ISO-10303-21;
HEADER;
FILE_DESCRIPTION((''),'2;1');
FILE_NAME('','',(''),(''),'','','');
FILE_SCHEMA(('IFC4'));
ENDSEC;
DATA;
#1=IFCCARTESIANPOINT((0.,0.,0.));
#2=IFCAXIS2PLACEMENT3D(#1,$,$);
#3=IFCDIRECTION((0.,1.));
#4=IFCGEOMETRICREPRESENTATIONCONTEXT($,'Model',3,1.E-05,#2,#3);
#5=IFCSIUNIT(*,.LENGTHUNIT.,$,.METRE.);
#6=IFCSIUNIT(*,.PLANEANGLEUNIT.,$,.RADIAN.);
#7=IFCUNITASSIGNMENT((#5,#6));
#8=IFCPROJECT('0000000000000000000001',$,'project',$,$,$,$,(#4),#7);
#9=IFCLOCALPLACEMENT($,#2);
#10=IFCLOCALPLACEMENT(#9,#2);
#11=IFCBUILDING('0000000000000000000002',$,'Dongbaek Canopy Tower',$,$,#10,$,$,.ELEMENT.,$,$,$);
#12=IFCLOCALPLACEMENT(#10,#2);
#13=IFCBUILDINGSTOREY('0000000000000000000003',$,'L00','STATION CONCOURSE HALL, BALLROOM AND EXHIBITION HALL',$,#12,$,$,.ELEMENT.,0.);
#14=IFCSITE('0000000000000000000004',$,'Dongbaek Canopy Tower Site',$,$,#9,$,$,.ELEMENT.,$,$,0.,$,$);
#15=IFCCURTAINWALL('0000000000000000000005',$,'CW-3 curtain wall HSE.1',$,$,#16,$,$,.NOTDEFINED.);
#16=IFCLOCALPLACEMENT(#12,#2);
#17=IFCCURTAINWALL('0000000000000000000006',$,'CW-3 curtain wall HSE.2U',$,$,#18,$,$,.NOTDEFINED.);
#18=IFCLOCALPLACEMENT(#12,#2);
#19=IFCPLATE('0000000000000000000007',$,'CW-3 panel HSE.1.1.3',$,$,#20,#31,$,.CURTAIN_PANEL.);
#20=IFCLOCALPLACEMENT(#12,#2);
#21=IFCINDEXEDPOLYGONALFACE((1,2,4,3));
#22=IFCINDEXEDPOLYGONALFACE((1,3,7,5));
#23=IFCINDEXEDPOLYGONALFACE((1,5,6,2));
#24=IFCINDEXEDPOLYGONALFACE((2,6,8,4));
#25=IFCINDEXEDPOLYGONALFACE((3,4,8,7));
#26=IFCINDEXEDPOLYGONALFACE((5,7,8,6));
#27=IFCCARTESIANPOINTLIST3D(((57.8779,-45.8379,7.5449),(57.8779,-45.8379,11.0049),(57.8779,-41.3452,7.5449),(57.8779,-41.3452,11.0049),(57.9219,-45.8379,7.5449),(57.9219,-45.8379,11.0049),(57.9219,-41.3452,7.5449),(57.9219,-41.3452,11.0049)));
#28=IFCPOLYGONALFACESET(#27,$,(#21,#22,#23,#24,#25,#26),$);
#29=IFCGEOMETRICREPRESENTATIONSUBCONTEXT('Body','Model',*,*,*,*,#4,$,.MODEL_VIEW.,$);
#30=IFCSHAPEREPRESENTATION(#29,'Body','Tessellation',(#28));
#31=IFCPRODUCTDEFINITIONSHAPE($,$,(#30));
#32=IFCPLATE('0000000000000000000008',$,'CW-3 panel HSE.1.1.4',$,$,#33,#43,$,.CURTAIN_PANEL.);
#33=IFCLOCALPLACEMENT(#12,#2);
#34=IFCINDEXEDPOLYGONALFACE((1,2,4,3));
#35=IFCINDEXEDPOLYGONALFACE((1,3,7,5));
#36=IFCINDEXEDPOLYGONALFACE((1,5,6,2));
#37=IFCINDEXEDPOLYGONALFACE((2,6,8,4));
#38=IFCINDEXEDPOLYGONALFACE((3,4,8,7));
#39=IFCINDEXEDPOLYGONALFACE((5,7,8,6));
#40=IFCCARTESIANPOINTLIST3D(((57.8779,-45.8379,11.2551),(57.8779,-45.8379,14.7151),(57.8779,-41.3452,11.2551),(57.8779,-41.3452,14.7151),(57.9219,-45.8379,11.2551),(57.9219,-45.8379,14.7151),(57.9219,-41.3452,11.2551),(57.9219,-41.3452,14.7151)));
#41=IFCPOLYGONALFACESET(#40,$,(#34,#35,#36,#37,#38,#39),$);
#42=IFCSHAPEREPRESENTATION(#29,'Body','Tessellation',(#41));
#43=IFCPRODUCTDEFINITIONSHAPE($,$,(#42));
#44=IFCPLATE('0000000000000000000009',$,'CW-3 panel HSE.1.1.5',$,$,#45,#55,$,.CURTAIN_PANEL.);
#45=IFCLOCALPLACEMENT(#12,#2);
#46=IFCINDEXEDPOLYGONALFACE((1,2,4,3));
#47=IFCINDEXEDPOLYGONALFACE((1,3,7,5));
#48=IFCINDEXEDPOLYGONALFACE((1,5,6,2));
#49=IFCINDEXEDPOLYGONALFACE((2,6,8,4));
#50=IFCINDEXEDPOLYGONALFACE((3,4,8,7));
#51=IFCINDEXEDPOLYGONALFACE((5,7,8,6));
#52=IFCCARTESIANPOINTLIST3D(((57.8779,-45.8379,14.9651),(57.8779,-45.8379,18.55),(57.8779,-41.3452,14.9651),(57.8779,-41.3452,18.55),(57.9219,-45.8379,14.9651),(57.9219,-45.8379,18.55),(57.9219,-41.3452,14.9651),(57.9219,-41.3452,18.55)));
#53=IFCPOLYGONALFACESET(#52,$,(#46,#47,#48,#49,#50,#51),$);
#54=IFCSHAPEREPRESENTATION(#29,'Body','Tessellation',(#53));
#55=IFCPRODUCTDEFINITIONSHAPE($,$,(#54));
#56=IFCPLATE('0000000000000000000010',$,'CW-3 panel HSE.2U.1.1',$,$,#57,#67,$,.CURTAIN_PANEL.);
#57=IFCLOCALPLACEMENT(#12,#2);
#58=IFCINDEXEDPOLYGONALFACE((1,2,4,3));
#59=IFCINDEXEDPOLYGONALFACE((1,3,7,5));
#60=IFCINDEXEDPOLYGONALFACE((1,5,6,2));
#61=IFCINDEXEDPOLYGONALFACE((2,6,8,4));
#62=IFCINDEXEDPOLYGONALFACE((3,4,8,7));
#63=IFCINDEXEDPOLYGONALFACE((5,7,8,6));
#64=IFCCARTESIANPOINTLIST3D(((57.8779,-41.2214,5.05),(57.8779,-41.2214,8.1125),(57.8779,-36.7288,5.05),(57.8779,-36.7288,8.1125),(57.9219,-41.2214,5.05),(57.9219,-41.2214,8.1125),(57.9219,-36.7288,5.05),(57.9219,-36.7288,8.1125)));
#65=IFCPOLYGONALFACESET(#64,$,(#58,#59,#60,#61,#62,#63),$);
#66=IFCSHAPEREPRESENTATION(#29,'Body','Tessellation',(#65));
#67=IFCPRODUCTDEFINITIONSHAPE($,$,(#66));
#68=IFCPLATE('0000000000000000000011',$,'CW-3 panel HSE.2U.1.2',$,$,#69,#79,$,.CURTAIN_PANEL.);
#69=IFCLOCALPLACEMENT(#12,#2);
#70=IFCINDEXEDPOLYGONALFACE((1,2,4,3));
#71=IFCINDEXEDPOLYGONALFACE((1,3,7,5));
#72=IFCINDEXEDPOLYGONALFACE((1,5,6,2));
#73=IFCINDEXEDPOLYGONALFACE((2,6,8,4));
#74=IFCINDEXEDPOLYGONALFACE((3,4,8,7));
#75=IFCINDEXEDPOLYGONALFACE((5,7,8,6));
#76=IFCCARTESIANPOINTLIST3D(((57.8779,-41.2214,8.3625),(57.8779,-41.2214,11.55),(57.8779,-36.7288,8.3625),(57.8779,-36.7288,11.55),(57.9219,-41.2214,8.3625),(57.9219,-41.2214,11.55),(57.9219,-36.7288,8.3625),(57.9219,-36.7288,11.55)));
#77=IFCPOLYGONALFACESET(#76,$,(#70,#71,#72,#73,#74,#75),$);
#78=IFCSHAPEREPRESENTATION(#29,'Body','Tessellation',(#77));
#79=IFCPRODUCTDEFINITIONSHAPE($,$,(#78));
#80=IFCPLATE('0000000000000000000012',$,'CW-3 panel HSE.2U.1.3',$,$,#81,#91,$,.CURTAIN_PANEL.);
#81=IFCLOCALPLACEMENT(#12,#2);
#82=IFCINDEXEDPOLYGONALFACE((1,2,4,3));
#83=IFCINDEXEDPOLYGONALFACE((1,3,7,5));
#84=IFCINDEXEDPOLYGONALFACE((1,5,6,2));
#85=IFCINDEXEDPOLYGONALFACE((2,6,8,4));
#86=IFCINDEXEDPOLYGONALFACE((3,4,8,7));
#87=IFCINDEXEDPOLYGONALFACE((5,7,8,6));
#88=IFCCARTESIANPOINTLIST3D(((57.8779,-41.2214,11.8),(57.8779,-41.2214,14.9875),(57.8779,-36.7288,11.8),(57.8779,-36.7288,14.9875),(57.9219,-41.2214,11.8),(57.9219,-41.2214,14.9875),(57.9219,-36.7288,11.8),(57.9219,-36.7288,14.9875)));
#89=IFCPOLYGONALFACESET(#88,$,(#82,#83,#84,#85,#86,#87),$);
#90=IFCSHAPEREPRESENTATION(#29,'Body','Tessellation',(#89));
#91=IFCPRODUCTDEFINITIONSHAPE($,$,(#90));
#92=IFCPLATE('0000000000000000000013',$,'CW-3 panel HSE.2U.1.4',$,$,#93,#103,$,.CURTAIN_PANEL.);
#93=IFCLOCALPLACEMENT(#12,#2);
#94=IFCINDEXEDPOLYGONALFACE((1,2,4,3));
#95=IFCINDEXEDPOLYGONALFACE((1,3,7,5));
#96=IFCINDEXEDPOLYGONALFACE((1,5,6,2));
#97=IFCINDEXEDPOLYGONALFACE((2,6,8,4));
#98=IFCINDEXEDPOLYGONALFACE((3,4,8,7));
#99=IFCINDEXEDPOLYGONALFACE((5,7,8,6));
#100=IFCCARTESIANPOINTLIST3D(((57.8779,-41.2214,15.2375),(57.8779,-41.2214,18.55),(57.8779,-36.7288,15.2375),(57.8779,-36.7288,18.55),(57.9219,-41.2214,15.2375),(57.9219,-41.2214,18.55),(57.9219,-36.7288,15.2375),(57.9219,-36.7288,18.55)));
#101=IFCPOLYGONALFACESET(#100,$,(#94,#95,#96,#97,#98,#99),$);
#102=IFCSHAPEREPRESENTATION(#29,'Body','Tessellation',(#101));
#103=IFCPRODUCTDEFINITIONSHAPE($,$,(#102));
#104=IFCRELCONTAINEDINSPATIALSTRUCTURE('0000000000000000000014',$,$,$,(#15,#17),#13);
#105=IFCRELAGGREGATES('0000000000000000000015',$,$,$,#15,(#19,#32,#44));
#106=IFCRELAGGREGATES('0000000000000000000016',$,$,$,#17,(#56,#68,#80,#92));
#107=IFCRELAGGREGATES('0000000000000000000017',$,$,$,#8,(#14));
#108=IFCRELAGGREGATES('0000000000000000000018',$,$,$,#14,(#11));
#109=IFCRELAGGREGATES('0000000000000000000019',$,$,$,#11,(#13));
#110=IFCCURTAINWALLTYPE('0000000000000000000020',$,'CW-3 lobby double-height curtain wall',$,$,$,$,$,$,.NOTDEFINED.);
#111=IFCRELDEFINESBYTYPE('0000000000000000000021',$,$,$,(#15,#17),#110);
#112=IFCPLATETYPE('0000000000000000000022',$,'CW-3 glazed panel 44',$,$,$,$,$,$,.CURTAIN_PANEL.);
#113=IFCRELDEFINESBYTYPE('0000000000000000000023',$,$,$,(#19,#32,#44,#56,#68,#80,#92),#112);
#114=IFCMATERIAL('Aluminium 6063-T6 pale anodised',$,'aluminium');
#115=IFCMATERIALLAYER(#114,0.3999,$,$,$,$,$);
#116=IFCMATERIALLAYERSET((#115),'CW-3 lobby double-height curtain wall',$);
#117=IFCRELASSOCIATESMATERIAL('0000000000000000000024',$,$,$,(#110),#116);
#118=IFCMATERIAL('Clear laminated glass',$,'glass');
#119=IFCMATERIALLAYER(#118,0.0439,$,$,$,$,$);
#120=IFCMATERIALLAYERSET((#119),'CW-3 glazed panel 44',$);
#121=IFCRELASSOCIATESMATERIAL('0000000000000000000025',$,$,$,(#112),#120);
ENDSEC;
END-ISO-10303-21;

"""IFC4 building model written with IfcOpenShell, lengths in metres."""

from ifc_helpers import new_model, si_unit, direction, frame, origin, origin_2d, place, context, subcontext, project, spatial, rectangle, extrude, material, layer, layer_set, type_object, element, aggregate, save


model = new_model("IFC4")

# Units and contexts
model_context = context("Model", 3, precision=1e-05, world=origin(), true_north=direction((0.0, 1.0)))
body_context = subcontext(model_context, "Body", "Model", "MODEL_VIEW")
ifc_project = project(units=[si_unit("LENGTHUNIT", "METRE"), si_unit("PLANEANGLEUNIT", "RADIAN")], contexts=[model_context])

# Site, building, storey
site_placement = place(None, origin())
site = spatial("IfcSite", under=ifc_project, at=site_placement, Name="Dongbaek Canopy Tower Site", CompositionType="ELEMENT", RefElevation=0.0)
building_placement = place(site_placement, origin())
building = spatial("IfcBuilding", under=site, at=building_placement, Name="Dongbaek Canopy Tower", CompositionType="ELEMENT")
storey_placement = place(building_placement, origin())
storey = spatial("IfcBuildingStorey", under=building, at=storey_placement, Name="L00", Description="STATION CONCOURSE HALL, BALLROOM AND EXHIBITION HALL", CompositionType="ELEMENT", Elevation=0.0)

# Curtain wall
ifc_material_1 = material(Name="Aluminium 6063-T6 pale anodised", Category="aluminium")
ifc_layer_1 = layer(ifc_material_1, 0.3999)
ifc_layer_set_1 = layer_set([ifc_layer_1], Name="CW-3 lobby double-height curtain wall")
curtain_wall_type = type_object("IfcCurtainWallType", Name="CW-3 lobby double-height curtain wall", PredefinedType="NOTDEFINED", material=ifc_layer_set_1)
curtain_wall_1_placement = place(storey_placement, origin())
curtain_wall_1 = element("IfcCurtainWall", 1, at=curtain_wall_1_placement, inside=storey, type_object=curtain_wall_type, Name="CW-3 curtain wall HSE.1", PredefinedType="NOTDEFINED")

# Curtain wall
curtain_wall_2_placement = place(storey_placement, origin())
curtain_wall_2 = element("IfcCurtainWall", 2, at=curtain_wall_2_placement, inside=storey, type_object=curtain_wall_type, Name="CW-3 curtain wall HSE.2U", PredefinedType="NOTDEFINED")

# Plates
ifc_material_2 = material(Name="Clear laminated glass", Category="glass")
ifc_layer_2 = layer(ifc_material_2, 0.0439)
ifc_layer_set_2 = layer_set([ifc_layer_2], Name="CW-3 glazed panel 44")
plate_type = type_object("IfcPlateType", Name="CW-3 glazed panel 44", PredefinedType="CURTAIN_PANEL", material=ifc_layer_set_2)
plate_1_placement = place(storey_placement, frame((57.8999, -43.5916, 7.5449), z_axis=(0.0, 0.0, 1.0), x_axis=(0.0, 1.0, 0.0)))
plate_1 = element("IfcPlate", 3, at=plate_1_placement, type_object=plate_type, Name="CW-3 panel HSE.1.1.3", PredefinedType="CURTAIN_PANEL", context=body_context, shape_type="SweptSolid", body=[
    extrude(rectangle(XDim=4.4927, YDim=0.0439, at=origin_2d()), origin(), (0.0, 0.0, 1.0), 3.46),
])
plate_2_placement = place(storey_placement, frame((57.8999, -43.5916, 11.2551), z_axis=(0.0, 0.0, 1.0), x_axis=(0.0, 1.0, 0.0)))
plate_2 = element("IfcPlate", 4, at=plate_2_placement, type_object=plate_type, Name="CW-3 panel HSE.1.1.4", PredefinedType="CURTAIN_PANEL", context=body_context, shape_type="SweptSolid", body=[
    extrude(rectangle(XDim=4.4927, YDim=0.0439, at=origin_2d()), origin(), (0.0, 0.0, 1.0), 3.46),
])
plate_3_placement = place(storey_placement, frame((57.8999, -43.5916, 14.9651), z_axis=(0.0, 0.0, 1.0), x_axis=(0.0, 1.0, 0.0)))
plate_3 = element("IfcPlate", 5, at=plate_3_placement, type_object=plate_type, Name="CW-3 panel HSE.1.1.5", PredefinedType="CURTAIN_PANEL", context=body_context, shape_type="SweptSolid", body=[
    extrude(rectangle(XDim=4.4927, YDim=0.0439, at=origin_2d()), origin(), (0.0, 0.0, 1.0), 3.585),
])
aggregate(curtain_wall_1, [plate_1, plate_2, plate_3])
plate_4_placement = place(storey_placement, frame((57.8999, -38.9751, 5.05), z_axis=(0.0, 0.0, 1.0), x_axis=(0.0, 1.0, 0.0)))
plate_4 = element("IfcPlate", 6, at=plate_4_placement, type_object=plate_type, Name="CW-3 panel HSE.2U.1.1", PredefinedType="CURTAIN_PANEL", context=body_context, shape_type="SweptSolid", body=[
    extrude(rectangle(XDim=4.4927, YDim=0.0439, at=origin_2d()), origin(), (0.0, 0.0, 1.0), 3.0625),
])
plate_5_placement = place(storey_placement, frame((57.8999, -38.9751, 8.3625), z_axis=(0.0, 0.0, 1.0), x_axis=(0.0, 1.0, 0.0)))
plate_5 = element("IfcPlate", 7, at=plate_5_placement, type_object=plate_type, Name="CW-3 panel HSE.2U.1.2", PredefinedType="CURTAIN_PANEL", context=body_context, shape_type="SweptSolid", body=[
    extrude(rectangle(XDim=4.4927, YDim=0.0439, at=origin_2d()), origin(), (0.0, 0.0, 1.0), 3.1875),
])
plate_6_placement = place(storey_placement, frame((57.8999, -38.9751, 11.8), z_axis=(0.0, 0.0, 1.0), x_axis=(0.0, 1.0, 0.0)))
plate_6 = element("IfcPlate", 8, at=plate_6_placement, type_object=plate_type, Name="CW-3 panel HSE.2U.1.3", PredefinedType="CURTAIN_PANEL", context=body_context, shape_type="SweptSolid", body=[
    extrude(rectangle(XDim=4.4927, YDim=0.0439, at=origin_2d()), origin(), (0.0, 0.0, 1.0), 3.1875),
])
plate_7_placement = place(storey_placement, frame((57.8999, -38.9751, 15.2375), z_axis=(0.0, 0.0, 1.0), x_axis=(0.0, 1.0, 0.0)))
plate_7 = element("IfcPlate", 9, at=plate_7_placement, type_object=plate_type, Name="CW-3 panel HSE.2U.1.4", PredefinedType="CURTAIN_PANEL", context=body_context, shape_type="SweptSolid", body=[
    extrude(rectangle(XDim=4.4927, YDim=0.0439, at=origin_2d()), origin(), (0.0, 0.0, 1.0), 3.3125),
])
aggregate(curtain_wall_2, [plate_4, plate_5, plate_6, plate_7])

save(model, "model.ifc")
